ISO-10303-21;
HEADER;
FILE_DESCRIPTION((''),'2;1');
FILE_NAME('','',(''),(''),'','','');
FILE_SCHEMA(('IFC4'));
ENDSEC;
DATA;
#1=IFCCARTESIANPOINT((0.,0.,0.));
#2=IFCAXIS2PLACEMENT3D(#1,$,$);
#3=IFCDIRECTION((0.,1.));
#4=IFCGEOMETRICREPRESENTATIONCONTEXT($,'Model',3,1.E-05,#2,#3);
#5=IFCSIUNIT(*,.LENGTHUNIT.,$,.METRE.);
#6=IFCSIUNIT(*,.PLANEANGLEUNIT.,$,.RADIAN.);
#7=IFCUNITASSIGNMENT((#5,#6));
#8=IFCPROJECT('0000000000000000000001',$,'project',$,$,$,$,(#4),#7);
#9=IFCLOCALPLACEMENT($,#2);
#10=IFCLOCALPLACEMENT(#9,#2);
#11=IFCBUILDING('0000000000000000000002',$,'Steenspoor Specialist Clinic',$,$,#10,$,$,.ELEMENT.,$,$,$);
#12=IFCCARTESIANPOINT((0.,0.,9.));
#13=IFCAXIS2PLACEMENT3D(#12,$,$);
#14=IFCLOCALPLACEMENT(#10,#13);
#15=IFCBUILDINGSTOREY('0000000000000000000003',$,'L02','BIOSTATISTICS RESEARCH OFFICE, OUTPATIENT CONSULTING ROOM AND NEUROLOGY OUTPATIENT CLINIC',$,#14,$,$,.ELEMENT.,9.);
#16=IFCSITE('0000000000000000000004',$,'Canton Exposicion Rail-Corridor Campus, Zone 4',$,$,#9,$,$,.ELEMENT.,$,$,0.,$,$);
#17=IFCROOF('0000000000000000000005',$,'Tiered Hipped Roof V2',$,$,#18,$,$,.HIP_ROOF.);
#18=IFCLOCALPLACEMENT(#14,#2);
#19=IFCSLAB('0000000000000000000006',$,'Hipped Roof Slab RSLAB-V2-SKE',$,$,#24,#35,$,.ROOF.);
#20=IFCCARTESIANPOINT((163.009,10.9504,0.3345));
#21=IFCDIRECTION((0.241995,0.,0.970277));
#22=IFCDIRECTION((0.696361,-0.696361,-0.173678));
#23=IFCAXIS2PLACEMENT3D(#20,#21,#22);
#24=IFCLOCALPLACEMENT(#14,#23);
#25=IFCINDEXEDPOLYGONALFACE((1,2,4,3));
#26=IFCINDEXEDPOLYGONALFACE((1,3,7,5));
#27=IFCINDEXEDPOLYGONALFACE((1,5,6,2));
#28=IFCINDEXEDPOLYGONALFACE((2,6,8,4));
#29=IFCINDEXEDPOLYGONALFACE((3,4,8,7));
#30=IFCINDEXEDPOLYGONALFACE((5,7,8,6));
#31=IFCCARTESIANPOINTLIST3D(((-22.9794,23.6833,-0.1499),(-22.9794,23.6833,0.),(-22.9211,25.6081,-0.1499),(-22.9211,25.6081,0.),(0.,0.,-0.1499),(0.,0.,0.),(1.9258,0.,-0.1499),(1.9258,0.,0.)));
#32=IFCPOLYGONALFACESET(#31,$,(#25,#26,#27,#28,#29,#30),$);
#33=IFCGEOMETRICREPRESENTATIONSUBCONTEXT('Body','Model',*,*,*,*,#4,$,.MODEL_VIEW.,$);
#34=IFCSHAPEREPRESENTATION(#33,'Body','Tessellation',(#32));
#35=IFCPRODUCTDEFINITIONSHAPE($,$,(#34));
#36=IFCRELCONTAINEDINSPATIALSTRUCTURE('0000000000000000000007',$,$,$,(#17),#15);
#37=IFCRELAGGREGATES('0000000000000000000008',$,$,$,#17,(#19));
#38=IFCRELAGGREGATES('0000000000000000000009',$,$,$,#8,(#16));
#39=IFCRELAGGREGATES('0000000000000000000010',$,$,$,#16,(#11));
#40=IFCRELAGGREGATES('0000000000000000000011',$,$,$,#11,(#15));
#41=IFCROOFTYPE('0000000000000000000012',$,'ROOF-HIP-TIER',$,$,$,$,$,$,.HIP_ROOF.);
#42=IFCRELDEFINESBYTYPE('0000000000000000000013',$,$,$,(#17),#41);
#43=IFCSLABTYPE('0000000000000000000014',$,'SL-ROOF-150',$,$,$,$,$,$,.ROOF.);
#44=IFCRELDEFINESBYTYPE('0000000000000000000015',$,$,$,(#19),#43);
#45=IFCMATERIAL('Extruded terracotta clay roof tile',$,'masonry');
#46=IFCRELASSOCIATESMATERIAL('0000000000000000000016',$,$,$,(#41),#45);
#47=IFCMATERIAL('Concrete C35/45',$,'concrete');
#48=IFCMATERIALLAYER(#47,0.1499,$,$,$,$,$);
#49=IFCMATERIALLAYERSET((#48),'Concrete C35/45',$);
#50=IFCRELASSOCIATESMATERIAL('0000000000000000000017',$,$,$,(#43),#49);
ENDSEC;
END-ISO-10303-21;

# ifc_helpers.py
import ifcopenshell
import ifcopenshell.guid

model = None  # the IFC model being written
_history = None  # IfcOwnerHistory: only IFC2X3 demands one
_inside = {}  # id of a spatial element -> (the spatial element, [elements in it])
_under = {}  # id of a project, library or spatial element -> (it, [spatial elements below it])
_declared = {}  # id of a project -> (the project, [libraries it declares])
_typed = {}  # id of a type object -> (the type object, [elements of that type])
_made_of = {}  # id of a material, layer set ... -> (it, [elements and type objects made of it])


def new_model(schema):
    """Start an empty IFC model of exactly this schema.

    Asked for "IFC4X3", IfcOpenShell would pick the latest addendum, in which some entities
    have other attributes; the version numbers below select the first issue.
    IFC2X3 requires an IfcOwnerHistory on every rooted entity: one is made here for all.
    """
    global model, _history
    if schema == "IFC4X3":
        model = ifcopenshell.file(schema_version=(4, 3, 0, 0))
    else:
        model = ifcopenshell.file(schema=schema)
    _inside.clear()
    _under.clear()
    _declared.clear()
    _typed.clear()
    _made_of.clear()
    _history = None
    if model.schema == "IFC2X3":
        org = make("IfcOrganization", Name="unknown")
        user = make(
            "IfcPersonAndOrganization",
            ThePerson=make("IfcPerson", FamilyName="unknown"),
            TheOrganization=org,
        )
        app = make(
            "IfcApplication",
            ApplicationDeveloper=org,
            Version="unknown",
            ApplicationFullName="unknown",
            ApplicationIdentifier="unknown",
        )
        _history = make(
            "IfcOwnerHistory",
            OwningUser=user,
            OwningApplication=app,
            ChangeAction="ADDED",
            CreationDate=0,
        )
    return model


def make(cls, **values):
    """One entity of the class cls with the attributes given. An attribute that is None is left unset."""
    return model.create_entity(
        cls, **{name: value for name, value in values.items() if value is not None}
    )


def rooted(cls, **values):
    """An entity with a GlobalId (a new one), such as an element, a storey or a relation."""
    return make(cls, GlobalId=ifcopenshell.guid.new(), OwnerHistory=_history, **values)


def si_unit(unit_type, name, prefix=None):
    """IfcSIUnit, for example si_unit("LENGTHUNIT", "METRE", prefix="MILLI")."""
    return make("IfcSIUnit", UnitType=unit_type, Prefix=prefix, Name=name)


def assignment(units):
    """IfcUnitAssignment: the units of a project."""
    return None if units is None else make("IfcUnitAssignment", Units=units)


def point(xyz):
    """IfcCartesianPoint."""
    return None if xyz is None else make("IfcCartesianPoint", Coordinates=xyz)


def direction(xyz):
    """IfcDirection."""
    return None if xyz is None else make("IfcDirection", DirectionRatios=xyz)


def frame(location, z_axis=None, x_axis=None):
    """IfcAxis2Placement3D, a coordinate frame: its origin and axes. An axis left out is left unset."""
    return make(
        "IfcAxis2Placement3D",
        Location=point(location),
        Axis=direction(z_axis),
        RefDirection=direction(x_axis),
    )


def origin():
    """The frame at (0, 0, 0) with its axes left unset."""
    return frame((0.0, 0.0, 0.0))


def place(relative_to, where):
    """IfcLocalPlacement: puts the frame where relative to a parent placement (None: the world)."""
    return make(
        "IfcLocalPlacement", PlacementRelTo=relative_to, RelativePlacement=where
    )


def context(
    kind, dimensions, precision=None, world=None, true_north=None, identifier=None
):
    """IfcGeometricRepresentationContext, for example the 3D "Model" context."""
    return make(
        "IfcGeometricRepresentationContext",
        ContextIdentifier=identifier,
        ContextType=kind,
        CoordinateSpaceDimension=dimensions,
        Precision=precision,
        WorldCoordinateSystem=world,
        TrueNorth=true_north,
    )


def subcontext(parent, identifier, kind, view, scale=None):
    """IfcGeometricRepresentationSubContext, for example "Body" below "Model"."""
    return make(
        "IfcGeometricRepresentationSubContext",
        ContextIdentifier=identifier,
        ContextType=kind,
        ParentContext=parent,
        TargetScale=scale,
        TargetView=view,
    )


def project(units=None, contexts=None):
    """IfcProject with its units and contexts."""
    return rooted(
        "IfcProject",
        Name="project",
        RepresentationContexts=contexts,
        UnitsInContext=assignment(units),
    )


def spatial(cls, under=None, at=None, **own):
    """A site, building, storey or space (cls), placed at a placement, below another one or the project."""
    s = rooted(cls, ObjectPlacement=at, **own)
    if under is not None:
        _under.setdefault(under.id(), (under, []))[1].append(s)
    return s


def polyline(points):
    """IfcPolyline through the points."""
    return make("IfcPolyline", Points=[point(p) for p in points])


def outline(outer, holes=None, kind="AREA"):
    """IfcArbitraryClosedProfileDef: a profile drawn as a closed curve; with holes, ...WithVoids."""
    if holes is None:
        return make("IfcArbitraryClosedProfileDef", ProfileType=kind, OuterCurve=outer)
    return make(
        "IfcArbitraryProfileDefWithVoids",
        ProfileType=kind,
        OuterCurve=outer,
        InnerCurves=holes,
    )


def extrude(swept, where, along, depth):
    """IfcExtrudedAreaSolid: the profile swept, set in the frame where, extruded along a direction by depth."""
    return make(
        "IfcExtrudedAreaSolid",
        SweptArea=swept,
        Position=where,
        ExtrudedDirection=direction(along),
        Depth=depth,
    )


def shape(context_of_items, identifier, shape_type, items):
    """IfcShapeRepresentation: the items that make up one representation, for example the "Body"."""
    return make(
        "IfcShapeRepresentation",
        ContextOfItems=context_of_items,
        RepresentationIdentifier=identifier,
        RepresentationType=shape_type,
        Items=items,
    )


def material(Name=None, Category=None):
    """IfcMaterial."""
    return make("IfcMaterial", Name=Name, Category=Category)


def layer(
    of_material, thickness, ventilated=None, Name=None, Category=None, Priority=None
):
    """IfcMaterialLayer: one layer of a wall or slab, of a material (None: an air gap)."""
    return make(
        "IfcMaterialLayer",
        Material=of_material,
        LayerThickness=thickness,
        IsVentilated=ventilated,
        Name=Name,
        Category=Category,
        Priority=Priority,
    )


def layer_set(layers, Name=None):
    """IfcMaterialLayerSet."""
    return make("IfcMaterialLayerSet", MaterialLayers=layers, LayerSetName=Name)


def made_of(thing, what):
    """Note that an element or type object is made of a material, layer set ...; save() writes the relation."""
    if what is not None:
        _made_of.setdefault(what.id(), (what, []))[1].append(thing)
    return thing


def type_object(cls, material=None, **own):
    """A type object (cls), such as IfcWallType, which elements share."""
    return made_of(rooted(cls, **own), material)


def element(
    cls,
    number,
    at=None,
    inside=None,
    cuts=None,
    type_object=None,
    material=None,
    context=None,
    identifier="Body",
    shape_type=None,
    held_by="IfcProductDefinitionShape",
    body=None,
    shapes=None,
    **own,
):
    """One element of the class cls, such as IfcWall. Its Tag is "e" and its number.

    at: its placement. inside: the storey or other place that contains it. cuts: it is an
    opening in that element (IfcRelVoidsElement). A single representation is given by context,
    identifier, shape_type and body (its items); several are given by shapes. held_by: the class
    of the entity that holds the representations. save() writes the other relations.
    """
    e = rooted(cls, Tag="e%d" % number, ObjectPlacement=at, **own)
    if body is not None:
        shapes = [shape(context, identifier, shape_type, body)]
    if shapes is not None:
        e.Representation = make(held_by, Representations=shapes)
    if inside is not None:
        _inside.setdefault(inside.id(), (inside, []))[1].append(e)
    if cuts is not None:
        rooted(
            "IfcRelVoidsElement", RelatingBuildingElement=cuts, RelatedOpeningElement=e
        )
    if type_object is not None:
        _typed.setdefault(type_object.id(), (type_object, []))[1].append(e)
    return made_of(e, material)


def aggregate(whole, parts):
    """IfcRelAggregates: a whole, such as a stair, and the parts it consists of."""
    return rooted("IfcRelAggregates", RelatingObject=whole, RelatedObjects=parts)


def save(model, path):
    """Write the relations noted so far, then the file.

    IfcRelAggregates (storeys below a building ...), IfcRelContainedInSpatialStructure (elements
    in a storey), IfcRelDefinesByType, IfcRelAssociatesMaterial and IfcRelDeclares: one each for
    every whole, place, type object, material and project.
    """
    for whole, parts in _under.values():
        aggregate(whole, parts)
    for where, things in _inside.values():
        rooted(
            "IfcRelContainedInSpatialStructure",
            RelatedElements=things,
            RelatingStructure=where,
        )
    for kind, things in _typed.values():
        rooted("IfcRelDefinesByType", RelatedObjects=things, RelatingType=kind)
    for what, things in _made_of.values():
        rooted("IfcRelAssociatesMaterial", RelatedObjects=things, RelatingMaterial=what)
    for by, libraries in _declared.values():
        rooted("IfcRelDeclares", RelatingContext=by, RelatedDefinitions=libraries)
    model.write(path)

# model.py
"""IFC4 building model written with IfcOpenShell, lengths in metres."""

from ifc_helpers import new_model, si_unit, direction, frame, origin, place, context, subcontext, project, spatial, polyline, outline, extrude, material, layer, layer_set, type_object, element, aggregate, save


model = new_model("IFC4")

# Units and contexts
model_context = context("Model", 3, precision=1e-05, world=origin(), true_north=direction((0.0, 1.0)))
body_context = subcontext(model_context, "Body", "Model", "MODEL_VIEW")
ifc_project = project(units=[si_unit("LENGTHUNIT", "METRE"), si_unit("PLANEANGLEUNIT", "RADIAN")], contexts=[model_context])

# Site, building, storey
site_placement = place(None, origin())
site = spatial("IfcSite", under=ifc_project, at=site_placement, Name="Canton Exposicion Rail-Corridor Campus, Zone 4", CompositionType="ELEMENT", RefElevation=0.0)
building_placement = place(site_placement, origin())
building = spatial("IfcBuilding", under=site, at=building_placement, Name="Steenspoor Specialist Clinic", CompositionType="ELEMENT")
storey_placement = place(building_placement, frame((0.0, 0.0, 9.0)))
storey = spatial("IfcBuildingStorey", under=building, at=storey_placement, Name="L02", Description="BIOSTATISTICS RESEARCH OFFICE, OUTPATIENT CONSULTING ROOM AND NEUROLOGY OUTPATIENT CLINIC", CompositionType="ELEMENT", Elevation=9.0)

# Roof, slab
ifc_material_1 = material(Name="Extruded terracotta clay roof tile", Category="masonry")
roof_type = type_object("IfcRoofType", Name="ROOF-HIP-TIER", PredefinedType="HIP_ROOF", material=ifc_material_1)
roof_placement = place(storey_placement, origin())
roof = element("IfcRoof", 1, at=roof_placement, inside=storey, type_object=roof_type, Name="Tiered Hipped Roof V2", PredefinedType="HIP_ROOF")
ifc_material_2 = material(Name="Concrete C35/45", Category="concrete")
ifc_layer_1 = layer(ifc_material_2, 0.1499)
ifc_layer_set_1 = layer_set([ifc_layer_1], Name="Concrete C35/45")
slab_type = type_object("IfcSlabType", Name="SL-ROOF-150", PredefinedType="ROOF", material=ifc_layer_set_1)
slab_placement = place(storey_placement, frame((163.009, 10.9504, 0.3345), z_axis=(0.241995, 0.0, 0.970277), x_axis=(0.696361, -0.696361, -0.173678)))
slab = element("IfcSlab", 2, at=slab_placement, type_object=slab_type, Name="Hipped Roof Slab RSLAB-V2-SKE", PredefinedType="ROOF", context=body_context, shape_type="SweptSolid", body=[
    extrude(outline(polyline([(0.0, 0.0), (1.9258, 0.0), (-22.9211, 25.6081), (-22.9794, 23.6833), (0.0, 0.0)])), origin(), (0.0, 0.0, -1.0), 0.1499),
])
aggregate(roof, [slab])

save(model, "model.ifc")
